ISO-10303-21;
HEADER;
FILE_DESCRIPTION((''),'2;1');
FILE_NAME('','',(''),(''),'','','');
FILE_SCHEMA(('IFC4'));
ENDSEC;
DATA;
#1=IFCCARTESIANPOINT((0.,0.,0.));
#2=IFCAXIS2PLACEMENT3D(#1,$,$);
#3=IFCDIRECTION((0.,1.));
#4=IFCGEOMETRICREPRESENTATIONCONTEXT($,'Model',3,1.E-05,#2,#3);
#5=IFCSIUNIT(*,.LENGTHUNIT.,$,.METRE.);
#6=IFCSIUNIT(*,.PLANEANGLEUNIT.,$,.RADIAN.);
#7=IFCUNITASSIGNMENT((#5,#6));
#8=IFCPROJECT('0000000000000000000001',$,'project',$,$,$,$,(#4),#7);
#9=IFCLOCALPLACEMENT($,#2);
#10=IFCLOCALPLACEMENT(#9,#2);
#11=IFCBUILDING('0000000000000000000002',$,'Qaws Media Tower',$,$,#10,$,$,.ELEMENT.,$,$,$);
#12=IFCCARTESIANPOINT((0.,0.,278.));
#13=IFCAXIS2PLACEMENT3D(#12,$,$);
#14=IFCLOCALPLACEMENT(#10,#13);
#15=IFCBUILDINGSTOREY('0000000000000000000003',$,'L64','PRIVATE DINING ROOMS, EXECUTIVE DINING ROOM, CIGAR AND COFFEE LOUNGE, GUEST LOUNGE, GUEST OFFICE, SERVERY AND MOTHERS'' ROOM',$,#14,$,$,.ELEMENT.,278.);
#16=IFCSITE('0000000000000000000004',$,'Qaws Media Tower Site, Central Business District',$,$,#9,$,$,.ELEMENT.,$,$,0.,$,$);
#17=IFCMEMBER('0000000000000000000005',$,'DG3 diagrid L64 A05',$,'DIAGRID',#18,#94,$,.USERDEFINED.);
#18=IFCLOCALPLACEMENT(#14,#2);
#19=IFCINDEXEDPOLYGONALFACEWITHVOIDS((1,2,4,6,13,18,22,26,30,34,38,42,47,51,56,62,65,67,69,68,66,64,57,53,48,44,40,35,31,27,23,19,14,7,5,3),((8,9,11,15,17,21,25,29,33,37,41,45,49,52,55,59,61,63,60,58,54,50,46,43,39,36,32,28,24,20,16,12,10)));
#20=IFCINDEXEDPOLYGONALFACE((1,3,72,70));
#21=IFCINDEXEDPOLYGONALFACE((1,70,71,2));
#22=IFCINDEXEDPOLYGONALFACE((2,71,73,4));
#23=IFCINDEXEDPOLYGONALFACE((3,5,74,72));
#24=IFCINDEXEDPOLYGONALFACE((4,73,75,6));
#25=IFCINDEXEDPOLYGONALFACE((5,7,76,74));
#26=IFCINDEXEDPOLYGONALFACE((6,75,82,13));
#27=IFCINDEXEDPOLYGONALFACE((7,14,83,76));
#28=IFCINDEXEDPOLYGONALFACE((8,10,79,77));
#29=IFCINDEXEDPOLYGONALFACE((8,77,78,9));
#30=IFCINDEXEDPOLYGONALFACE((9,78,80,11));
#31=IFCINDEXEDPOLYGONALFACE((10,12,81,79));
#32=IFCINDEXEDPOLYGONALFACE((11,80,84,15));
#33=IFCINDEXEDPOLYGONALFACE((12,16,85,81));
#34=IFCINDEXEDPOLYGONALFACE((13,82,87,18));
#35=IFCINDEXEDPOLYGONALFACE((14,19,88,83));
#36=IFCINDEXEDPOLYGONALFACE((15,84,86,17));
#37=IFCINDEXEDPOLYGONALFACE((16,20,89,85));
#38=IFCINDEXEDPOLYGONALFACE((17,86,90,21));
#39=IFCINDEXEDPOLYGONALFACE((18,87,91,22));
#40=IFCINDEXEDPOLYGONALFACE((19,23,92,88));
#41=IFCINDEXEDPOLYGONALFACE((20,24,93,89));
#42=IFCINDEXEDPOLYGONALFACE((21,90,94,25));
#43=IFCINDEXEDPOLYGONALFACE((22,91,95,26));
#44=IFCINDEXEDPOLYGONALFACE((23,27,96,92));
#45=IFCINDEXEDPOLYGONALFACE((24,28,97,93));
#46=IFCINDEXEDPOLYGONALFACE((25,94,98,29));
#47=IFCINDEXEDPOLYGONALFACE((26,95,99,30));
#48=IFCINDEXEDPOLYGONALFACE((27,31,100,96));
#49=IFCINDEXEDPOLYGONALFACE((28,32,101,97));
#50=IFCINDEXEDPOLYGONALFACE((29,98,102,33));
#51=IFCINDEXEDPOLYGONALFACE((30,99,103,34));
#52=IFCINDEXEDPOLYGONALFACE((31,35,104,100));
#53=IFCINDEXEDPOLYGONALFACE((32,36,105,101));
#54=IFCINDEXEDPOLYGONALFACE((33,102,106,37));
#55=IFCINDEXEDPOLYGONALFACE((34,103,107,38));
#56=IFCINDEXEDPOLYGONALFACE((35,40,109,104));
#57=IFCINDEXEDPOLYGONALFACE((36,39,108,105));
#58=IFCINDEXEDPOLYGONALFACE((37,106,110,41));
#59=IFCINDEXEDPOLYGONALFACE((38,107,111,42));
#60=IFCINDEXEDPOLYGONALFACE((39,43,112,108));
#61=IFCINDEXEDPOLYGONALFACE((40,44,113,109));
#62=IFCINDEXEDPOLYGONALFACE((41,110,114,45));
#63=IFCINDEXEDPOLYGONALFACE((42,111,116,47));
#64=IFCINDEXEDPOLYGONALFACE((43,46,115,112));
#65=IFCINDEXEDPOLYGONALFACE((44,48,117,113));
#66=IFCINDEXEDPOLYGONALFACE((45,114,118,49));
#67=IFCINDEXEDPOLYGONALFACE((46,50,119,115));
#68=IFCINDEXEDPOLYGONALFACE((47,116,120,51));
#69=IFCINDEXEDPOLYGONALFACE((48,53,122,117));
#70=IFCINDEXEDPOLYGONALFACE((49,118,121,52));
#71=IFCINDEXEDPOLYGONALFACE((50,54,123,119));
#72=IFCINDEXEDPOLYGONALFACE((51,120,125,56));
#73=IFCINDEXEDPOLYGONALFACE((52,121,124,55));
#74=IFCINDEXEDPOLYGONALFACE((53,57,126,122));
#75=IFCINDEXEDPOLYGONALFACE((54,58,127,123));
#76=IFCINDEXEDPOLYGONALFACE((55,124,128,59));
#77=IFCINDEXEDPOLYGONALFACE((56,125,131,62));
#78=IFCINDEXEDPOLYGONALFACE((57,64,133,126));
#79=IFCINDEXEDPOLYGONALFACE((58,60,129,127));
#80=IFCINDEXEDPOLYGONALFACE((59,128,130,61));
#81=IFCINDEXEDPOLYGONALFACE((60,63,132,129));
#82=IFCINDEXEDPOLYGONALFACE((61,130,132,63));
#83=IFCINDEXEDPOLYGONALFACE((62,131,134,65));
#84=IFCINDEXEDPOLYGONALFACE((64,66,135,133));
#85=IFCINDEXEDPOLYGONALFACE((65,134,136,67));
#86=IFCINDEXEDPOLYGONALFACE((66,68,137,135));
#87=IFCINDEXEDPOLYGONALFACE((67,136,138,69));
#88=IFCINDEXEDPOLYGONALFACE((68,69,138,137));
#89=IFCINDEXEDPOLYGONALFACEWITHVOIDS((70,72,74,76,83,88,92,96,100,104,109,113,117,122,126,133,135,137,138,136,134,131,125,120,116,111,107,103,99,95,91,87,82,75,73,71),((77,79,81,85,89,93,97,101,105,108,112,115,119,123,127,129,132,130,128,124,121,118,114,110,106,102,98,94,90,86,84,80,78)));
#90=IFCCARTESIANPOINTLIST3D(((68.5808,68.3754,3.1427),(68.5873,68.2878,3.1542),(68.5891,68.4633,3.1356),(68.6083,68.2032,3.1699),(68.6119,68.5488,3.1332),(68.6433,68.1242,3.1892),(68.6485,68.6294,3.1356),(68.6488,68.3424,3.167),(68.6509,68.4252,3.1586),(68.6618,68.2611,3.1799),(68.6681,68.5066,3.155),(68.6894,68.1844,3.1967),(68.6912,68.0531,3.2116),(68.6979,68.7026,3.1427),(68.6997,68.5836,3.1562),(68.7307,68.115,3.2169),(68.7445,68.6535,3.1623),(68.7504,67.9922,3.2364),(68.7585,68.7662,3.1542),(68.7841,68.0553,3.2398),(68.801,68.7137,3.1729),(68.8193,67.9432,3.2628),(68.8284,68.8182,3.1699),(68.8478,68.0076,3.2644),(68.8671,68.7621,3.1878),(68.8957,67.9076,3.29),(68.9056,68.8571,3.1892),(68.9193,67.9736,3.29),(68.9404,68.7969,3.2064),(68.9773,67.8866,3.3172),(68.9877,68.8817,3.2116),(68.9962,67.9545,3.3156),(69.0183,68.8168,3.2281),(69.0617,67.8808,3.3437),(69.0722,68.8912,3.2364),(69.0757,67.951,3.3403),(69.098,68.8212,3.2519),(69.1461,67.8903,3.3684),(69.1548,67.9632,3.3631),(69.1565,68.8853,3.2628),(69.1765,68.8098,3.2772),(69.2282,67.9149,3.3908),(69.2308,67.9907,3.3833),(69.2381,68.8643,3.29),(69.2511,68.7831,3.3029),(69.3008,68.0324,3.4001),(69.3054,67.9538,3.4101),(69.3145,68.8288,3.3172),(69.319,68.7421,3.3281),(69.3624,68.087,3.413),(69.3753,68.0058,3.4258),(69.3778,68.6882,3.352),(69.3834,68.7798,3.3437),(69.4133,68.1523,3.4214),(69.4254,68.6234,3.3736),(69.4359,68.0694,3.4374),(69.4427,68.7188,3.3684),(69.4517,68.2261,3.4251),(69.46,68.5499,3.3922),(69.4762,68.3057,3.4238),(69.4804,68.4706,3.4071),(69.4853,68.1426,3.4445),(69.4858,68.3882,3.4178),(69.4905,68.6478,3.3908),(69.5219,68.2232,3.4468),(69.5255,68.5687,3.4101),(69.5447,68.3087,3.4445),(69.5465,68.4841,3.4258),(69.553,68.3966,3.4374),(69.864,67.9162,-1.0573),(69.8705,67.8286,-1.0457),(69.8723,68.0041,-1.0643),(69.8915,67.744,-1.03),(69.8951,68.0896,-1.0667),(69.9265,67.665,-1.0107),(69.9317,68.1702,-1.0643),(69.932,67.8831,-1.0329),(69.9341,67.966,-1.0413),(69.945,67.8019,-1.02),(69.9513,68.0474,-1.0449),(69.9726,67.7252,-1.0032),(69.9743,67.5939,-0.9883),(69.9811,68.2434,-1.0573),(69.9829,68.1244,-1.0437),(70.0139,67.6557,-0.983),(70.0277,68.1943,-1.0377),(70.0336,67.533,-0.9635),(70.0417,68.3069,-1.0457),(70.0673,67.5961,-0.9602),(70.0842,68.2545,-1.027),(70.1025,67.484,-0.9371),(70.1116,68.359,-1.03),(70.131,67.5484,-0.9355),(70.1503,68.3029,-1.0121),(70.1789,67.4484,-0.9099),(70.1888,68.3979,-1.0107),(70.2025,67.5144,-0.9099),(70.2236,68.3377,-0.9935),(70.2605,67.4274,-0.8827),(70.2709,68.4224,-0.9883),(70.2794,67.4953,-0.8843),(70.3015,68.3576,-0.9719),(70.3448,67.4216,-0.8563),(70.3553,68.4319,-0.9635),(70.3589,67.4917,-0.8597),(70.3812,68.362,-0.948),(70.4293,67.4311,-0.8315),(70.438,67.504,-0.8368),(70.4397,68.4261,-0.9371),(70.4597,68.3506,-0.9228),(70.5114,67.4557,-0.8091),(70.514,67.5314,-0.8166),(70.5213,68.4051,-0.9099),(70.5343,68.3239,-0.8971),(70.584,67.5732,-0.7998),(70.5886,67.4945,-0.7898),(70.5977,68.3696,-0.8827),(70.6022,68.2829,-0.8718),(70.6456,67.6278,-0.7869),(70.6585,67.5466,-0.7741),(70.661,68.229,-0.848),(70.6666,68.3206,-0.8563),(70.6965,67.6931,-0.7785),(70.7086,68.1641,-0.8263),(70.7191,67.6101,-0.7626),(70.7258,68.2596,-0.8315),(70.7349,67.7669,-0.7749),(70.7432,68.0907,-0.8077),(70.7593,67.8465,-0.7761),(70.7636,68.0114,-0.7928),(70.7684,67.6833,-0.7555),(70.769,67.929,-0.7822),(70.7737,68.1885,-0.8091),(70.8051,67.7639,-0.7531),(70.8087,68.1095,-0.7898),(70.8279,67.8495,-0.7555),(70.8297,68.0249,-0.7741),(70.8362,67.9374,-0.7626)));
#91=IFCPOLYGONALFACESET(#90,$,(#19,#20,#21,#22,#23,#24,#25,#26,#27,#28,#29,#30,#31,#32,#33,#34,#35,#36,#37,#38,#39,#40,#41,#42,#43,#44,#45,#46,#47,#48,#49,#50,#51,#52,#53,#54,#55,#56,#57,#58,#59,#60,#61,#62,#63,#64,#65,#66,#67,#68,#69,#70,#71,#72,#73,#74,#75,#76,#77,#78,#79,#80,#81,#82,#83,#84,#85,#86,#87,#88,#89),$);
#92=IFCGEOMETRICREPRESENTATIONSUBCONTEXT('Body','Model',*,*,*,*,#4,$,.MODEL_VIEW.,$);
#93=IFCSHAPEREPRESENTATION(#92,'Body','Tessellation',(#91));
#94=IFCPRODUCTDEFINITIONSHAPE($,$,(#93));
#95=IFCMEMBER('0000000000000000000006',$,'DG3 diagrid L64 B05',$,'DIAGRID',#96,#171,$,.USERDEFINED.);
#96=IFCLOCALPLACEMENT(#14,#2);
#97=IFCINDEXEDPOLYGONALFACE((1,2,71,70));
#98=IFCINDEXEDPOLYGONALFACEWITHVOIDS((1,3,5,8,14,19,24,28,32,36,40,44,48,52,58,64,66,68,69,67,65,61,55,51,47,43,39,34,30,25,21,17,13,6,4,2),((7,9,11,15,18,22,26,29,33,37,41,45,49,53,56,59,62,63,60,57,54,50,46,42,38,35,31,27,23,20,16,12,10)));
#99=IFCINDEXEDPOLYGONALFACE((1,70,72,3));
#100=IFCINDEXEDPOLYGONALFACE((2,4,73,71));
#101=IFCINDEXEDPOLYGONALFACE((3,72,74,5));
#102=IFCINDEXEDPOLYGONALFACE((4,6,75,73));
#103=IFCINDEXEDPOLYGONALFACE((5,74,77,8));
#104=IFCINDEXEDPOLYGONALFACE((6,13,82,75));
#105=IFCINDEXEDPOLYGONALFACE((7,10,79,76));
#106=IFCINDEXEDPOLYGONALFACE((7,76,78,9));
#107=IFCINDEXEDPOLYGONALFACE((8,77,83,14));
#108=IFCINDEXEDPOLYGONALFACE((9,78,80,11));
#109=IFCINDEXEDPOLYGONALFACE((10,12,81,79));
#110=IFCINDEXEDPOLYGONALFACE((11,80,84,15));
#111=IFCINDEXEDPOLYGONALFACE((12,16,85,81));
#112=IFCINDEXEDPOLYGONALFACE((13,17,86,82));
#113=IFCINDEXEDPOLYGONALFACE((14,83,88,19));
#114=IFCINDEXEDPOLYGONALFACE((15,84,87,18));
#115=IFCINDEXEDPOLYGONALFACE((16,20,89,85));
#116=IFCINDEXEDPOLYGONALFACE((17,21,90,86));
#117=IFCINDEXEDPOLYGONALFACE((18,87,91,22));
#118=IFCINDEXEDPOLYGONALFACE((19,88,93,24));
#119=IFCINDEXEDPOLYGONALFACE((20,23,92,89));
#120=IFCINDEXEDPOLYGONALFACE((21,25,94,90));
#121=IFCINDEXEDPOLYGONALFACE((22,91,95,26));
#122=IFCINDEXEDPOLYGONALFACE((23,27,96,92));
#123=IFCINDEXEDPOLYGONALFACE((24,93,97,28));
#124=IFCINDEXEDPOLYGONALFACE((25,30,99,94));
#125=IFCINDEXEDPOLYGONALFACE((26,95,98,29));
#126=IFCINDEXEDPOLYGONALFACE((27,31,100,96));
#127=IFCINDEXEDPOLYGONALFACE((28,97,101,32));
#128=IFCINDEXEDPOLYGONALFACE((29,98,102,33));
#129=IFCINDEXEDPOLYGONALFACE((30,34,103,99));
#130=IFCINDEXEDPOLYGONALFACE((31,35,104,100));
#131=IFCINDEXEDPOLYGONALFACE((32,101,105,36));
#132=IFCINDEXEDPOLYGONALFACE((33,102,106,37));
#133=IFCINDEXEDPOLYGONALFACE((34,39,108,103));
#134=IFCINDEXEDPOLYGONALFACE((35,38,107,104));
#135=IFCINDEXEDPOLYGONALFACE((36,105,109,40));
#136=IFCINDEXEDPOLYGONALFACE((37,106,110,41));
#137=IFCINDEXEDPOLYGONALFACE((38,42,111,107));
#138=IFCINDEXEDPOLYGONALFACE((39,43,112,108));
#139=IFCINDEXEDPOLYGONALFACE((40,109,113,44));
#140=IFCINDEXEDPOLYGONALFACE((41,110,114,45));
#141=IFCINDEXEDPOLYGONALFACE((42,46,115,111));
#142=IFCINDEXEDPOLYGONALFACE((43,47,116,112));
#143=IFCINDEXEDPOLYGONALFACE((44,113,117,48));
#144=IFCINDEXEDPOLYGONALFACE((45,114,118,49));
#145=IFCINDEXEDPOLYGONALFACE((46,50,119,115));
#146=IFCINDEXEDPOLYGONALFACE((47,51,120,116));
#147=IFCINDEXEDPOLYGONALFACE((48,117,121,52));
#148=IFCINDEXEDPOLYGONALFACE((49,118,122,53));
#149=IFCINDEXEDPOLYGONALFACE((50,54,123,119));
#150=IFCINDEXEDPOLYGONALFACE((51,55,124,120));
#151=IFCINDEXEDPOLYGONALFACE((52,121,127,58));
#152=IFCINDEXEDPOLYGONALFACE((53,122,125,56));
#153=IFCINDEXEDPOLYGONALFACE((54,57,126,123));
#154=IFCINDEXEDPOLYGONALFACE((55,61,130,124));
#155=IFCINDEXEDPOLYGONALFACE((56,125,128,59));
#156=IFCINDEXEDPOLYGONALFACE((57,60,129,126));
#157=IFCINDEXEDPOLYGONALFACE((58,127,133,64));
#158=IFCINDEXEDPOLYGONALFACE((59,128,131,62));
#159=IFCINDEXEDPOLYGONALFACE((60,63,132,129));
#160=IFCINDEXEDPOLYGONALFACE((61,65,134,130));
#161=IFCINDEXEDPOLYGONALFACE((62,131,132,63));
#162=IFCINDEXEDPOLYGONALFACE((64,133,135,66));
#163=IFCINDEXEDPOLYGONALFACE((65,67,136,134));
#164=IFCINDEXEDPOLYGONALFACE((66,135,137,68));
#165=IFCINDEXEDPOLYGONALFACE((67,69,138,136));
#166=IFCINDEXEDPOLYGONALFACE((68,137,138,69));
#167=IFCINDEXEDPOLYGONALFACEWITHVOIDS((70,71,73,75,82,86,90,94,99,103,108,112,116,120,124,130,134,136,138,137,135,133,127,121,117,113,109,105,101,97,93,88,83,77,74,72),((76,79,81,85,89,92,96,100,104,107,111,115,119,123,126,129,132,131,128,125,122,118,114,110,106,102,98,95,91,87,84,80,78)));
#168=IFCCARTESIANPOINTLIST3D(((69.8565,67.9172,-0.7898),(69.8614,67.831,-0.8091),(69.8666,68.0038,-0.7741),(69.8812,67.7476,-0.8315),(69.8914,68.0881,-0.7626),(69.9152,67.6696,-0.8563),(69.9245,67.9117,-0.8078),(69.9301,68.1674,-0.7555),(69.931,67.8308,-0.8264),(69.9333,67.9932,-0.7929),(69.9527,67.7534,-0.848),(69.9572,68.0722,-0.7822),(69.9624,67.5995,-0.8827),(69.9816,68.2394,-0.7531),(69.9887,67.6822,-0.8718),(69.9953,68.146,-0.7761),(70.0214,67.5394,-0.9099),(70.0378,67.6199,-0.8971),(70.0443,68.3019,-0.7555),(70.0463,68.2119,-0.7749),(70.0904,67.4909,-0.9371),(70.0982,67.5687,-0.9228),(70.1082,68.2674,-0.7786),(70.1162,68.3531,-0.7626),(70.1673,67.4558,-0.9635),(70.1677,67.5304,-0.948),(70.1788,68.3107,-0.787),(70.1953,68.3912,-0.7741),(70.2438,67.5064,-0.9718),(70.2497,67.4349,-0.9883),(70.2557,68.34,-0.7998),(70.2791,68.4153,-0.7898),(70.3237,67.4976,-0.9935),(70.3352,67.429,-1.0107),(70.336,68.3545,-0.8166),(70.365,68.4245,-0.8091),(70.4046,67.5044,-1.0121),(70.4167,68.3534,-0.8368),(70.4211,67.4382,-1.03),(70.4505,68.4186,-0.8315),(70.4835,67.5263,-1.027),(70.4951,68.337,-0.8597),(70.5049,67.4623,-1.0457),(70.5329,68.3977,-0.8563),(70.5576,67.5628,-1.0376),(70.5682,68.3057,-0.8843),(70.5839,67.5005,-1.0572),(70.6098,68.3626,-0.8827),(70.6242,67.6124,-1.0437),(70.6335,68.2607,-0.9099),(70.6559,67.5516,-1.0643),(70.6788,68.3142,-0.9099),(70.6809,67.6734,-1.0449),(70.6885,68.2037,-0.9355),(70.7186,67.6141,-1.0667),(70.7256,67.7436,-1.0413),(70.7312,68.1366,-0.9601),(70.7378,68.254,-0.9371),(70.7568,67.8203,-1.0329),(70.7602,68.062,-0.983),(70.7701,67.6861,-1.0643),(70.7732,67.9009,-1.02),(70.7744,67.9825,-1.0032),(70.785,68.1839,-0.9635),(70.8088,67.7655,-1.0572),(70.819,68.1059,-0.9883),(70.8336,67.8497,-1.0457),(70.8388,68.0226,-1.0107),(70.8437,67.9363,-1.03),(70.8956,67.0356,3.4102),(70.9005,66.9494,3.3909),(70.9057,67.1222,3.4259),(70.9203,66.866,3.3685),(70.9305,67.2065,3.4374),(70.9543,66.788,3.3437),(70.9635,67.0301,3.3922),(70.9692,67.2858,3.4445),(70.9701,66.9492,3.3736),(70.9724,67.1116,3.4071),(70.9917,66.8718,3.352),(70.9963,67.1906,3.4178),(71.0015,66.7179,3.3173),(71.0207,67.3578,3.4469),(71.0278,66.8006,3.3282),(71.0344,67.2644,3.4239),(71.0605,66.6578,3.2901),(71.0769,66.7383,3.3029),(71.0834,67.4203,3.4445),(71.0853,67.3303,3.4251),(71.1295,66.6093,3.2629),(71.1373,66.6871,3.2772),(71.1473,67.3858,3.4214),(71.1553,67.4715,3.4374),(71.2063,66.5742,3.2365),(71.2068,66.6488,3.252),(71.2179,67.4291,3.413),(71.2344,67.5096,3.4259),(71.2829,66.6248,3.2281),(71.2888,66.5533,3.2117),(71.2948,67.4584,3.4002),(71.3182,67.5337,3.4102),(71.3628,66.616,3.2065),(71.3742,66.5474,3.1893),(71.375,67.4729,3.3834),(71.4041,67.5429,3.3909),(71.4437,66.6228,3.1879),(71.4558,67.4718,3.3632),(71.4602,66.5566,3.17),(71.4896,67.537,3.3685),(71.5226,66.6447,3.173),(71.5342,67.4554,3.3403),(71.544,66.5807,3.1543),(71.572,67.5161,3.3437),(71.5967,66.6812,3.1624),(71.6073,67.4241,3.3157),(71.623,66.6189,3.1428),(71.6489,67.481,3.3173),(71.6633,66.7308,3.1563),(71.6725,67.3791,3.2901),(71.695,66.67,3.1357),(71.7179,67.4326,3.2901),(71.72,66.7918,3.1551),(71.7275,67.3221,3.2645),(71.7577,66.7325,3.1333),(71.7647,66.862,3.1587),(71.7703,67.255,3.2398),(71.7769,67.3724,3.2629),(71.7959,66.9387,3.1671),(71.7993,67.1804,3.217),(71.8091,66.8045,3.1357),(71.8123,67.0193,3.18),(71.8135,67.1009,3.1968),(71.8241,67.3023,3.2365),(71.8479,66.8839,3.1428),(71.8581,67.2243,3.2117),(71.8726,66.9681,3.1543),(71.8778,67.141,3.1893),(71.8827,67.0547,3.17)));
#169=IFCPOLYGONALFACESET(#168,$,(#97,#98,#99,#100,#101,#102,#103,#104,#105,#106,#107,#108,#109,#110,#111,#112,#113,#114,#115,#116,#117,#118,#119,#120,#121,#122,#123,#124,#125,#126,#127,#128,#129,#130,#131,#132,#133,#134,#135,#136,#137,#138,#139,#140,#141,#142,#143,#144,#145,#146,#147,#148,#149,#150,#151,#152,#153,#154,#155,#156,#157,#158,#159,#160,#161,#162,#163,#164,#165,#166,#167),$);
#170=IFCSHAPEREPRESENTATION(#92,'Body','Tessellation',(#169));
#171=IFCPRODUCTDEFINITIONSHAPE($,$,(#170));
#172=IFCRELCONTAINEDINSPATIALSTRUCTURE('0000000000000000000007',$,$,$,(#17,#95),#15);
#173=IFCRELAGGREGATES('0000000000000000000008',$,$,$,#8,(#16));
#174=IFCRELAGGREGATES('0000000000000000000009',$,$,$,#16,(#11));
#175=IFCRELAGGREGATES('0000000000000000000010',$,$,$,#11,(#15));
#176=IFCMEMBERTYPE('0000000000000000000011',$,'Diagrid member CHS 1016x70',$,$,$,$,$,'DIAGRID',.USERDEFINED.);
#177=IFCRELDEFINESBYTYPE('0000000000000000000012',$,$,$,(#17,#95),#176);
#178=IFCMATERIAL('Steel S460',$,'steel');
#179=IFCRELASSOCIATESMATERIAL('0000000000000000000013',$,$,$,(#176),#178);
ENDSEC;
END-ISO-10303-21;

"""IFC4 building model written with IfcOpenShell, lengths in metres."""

from ifc_helpers import new_model, si_unit, direction, frame, origin, origin_2d, place, context, subcontext, project, spatial, hollow_circle, extrude, material, material_profile, profile_set, type_object, element, save


model = new_model("IFC4")

# Units and contexts
model_context = context("Model", 3, precision=1e-05, world=origin(), true_north=direction((0.0, 1.0)))
body_context = subcontext(model_context, "Body", "Model", "MODEL_VIEW")
ifc_project = project(units=[si_unit("LENGTHUNIT", "METRE"), si_unit("PLANEANGLEUNIT", "RADIAN")], contexts=[model_context])

# Site, building, storey
site_placement = place(None, origin())
site = spatial("IfcSite", under=ifc_project, at=site_placement, Name="Qaws Media Tower Site, Central Business District", CompositionType="ELEMENT", RefElevation=0.0)
building_placement = place(site_placement, origin())
building = spatial("IfcBuilding", under=site, at=building_placement, Name="Qaws Media Tower", CompositionType="ELEMENT")
storey_placement = place(building_placement, frame((0.0, 0.0, 278.0)))
storey = spatial("IfcBuildingStorey", under=building, at=storey_placement, Name="L64", Description="PRIVATE DINING ROOMS, EXECUTIVE DINING ROOM, CIGAR AND COFFEE LOUNGE, GUEST LOUNGE, GUEST OFFICE, SERVERY AND MOTHERS' ROOM", CompositionType="ELEMENT", Elevation=278.0)

# Members
ifc_material_1 = material(Name="Steel S460", Category="steel")
ifc_material_profile_1 = material_profile(ifc_material_1, hollow_circle(Radius=0.5081, WallThickness=0.0701, at=origin_2d()), Name="CHS 1016x70")
ifc_profile_set_1 = profile_set([ifc_material_profile_1], Name="Steel S460")
member_type_1 = type_object("IfcMemberType", Name="Diagrid member CHS 1016x70", ElementType="DIAGRID", PredefinedType="USERDEFINED", material=ifc_profile_set_1)
for number, where, z_axis, x_axis, name in (
    (1, (70.3501, 67.9268, -0.9099), (-0.29061, 0.104003, 0.951173), (-0.336949, -0.941523, 0.0), "DG3 diagrid L64 A05"),
    (2, (70.3501, 67.9268, -0.9099), (0.235323, -0.199659, 0.951188), (0.646962, 0.762523, 0.0), "DG3 diagrid L64 B05"),
):
    element("IfcMember", number, at=place(storey_placement, frame(where, z_axis=z_axis, x_axis=x_axis)), inside=storey, type_object=member_type_1, Name=name, ObjectType="DIAGRID", PredefinedType="USERDEFINED", context=body_context, shape_type="SweptSolid", body=[
        extrude(hollow_circle(Radius=0.5081, WallThickness=0.0701, at=origin_2d()), origin(), (0.0, 0.0, 1.0), 4.4155),
    ])

save(model, "model.ifc")
